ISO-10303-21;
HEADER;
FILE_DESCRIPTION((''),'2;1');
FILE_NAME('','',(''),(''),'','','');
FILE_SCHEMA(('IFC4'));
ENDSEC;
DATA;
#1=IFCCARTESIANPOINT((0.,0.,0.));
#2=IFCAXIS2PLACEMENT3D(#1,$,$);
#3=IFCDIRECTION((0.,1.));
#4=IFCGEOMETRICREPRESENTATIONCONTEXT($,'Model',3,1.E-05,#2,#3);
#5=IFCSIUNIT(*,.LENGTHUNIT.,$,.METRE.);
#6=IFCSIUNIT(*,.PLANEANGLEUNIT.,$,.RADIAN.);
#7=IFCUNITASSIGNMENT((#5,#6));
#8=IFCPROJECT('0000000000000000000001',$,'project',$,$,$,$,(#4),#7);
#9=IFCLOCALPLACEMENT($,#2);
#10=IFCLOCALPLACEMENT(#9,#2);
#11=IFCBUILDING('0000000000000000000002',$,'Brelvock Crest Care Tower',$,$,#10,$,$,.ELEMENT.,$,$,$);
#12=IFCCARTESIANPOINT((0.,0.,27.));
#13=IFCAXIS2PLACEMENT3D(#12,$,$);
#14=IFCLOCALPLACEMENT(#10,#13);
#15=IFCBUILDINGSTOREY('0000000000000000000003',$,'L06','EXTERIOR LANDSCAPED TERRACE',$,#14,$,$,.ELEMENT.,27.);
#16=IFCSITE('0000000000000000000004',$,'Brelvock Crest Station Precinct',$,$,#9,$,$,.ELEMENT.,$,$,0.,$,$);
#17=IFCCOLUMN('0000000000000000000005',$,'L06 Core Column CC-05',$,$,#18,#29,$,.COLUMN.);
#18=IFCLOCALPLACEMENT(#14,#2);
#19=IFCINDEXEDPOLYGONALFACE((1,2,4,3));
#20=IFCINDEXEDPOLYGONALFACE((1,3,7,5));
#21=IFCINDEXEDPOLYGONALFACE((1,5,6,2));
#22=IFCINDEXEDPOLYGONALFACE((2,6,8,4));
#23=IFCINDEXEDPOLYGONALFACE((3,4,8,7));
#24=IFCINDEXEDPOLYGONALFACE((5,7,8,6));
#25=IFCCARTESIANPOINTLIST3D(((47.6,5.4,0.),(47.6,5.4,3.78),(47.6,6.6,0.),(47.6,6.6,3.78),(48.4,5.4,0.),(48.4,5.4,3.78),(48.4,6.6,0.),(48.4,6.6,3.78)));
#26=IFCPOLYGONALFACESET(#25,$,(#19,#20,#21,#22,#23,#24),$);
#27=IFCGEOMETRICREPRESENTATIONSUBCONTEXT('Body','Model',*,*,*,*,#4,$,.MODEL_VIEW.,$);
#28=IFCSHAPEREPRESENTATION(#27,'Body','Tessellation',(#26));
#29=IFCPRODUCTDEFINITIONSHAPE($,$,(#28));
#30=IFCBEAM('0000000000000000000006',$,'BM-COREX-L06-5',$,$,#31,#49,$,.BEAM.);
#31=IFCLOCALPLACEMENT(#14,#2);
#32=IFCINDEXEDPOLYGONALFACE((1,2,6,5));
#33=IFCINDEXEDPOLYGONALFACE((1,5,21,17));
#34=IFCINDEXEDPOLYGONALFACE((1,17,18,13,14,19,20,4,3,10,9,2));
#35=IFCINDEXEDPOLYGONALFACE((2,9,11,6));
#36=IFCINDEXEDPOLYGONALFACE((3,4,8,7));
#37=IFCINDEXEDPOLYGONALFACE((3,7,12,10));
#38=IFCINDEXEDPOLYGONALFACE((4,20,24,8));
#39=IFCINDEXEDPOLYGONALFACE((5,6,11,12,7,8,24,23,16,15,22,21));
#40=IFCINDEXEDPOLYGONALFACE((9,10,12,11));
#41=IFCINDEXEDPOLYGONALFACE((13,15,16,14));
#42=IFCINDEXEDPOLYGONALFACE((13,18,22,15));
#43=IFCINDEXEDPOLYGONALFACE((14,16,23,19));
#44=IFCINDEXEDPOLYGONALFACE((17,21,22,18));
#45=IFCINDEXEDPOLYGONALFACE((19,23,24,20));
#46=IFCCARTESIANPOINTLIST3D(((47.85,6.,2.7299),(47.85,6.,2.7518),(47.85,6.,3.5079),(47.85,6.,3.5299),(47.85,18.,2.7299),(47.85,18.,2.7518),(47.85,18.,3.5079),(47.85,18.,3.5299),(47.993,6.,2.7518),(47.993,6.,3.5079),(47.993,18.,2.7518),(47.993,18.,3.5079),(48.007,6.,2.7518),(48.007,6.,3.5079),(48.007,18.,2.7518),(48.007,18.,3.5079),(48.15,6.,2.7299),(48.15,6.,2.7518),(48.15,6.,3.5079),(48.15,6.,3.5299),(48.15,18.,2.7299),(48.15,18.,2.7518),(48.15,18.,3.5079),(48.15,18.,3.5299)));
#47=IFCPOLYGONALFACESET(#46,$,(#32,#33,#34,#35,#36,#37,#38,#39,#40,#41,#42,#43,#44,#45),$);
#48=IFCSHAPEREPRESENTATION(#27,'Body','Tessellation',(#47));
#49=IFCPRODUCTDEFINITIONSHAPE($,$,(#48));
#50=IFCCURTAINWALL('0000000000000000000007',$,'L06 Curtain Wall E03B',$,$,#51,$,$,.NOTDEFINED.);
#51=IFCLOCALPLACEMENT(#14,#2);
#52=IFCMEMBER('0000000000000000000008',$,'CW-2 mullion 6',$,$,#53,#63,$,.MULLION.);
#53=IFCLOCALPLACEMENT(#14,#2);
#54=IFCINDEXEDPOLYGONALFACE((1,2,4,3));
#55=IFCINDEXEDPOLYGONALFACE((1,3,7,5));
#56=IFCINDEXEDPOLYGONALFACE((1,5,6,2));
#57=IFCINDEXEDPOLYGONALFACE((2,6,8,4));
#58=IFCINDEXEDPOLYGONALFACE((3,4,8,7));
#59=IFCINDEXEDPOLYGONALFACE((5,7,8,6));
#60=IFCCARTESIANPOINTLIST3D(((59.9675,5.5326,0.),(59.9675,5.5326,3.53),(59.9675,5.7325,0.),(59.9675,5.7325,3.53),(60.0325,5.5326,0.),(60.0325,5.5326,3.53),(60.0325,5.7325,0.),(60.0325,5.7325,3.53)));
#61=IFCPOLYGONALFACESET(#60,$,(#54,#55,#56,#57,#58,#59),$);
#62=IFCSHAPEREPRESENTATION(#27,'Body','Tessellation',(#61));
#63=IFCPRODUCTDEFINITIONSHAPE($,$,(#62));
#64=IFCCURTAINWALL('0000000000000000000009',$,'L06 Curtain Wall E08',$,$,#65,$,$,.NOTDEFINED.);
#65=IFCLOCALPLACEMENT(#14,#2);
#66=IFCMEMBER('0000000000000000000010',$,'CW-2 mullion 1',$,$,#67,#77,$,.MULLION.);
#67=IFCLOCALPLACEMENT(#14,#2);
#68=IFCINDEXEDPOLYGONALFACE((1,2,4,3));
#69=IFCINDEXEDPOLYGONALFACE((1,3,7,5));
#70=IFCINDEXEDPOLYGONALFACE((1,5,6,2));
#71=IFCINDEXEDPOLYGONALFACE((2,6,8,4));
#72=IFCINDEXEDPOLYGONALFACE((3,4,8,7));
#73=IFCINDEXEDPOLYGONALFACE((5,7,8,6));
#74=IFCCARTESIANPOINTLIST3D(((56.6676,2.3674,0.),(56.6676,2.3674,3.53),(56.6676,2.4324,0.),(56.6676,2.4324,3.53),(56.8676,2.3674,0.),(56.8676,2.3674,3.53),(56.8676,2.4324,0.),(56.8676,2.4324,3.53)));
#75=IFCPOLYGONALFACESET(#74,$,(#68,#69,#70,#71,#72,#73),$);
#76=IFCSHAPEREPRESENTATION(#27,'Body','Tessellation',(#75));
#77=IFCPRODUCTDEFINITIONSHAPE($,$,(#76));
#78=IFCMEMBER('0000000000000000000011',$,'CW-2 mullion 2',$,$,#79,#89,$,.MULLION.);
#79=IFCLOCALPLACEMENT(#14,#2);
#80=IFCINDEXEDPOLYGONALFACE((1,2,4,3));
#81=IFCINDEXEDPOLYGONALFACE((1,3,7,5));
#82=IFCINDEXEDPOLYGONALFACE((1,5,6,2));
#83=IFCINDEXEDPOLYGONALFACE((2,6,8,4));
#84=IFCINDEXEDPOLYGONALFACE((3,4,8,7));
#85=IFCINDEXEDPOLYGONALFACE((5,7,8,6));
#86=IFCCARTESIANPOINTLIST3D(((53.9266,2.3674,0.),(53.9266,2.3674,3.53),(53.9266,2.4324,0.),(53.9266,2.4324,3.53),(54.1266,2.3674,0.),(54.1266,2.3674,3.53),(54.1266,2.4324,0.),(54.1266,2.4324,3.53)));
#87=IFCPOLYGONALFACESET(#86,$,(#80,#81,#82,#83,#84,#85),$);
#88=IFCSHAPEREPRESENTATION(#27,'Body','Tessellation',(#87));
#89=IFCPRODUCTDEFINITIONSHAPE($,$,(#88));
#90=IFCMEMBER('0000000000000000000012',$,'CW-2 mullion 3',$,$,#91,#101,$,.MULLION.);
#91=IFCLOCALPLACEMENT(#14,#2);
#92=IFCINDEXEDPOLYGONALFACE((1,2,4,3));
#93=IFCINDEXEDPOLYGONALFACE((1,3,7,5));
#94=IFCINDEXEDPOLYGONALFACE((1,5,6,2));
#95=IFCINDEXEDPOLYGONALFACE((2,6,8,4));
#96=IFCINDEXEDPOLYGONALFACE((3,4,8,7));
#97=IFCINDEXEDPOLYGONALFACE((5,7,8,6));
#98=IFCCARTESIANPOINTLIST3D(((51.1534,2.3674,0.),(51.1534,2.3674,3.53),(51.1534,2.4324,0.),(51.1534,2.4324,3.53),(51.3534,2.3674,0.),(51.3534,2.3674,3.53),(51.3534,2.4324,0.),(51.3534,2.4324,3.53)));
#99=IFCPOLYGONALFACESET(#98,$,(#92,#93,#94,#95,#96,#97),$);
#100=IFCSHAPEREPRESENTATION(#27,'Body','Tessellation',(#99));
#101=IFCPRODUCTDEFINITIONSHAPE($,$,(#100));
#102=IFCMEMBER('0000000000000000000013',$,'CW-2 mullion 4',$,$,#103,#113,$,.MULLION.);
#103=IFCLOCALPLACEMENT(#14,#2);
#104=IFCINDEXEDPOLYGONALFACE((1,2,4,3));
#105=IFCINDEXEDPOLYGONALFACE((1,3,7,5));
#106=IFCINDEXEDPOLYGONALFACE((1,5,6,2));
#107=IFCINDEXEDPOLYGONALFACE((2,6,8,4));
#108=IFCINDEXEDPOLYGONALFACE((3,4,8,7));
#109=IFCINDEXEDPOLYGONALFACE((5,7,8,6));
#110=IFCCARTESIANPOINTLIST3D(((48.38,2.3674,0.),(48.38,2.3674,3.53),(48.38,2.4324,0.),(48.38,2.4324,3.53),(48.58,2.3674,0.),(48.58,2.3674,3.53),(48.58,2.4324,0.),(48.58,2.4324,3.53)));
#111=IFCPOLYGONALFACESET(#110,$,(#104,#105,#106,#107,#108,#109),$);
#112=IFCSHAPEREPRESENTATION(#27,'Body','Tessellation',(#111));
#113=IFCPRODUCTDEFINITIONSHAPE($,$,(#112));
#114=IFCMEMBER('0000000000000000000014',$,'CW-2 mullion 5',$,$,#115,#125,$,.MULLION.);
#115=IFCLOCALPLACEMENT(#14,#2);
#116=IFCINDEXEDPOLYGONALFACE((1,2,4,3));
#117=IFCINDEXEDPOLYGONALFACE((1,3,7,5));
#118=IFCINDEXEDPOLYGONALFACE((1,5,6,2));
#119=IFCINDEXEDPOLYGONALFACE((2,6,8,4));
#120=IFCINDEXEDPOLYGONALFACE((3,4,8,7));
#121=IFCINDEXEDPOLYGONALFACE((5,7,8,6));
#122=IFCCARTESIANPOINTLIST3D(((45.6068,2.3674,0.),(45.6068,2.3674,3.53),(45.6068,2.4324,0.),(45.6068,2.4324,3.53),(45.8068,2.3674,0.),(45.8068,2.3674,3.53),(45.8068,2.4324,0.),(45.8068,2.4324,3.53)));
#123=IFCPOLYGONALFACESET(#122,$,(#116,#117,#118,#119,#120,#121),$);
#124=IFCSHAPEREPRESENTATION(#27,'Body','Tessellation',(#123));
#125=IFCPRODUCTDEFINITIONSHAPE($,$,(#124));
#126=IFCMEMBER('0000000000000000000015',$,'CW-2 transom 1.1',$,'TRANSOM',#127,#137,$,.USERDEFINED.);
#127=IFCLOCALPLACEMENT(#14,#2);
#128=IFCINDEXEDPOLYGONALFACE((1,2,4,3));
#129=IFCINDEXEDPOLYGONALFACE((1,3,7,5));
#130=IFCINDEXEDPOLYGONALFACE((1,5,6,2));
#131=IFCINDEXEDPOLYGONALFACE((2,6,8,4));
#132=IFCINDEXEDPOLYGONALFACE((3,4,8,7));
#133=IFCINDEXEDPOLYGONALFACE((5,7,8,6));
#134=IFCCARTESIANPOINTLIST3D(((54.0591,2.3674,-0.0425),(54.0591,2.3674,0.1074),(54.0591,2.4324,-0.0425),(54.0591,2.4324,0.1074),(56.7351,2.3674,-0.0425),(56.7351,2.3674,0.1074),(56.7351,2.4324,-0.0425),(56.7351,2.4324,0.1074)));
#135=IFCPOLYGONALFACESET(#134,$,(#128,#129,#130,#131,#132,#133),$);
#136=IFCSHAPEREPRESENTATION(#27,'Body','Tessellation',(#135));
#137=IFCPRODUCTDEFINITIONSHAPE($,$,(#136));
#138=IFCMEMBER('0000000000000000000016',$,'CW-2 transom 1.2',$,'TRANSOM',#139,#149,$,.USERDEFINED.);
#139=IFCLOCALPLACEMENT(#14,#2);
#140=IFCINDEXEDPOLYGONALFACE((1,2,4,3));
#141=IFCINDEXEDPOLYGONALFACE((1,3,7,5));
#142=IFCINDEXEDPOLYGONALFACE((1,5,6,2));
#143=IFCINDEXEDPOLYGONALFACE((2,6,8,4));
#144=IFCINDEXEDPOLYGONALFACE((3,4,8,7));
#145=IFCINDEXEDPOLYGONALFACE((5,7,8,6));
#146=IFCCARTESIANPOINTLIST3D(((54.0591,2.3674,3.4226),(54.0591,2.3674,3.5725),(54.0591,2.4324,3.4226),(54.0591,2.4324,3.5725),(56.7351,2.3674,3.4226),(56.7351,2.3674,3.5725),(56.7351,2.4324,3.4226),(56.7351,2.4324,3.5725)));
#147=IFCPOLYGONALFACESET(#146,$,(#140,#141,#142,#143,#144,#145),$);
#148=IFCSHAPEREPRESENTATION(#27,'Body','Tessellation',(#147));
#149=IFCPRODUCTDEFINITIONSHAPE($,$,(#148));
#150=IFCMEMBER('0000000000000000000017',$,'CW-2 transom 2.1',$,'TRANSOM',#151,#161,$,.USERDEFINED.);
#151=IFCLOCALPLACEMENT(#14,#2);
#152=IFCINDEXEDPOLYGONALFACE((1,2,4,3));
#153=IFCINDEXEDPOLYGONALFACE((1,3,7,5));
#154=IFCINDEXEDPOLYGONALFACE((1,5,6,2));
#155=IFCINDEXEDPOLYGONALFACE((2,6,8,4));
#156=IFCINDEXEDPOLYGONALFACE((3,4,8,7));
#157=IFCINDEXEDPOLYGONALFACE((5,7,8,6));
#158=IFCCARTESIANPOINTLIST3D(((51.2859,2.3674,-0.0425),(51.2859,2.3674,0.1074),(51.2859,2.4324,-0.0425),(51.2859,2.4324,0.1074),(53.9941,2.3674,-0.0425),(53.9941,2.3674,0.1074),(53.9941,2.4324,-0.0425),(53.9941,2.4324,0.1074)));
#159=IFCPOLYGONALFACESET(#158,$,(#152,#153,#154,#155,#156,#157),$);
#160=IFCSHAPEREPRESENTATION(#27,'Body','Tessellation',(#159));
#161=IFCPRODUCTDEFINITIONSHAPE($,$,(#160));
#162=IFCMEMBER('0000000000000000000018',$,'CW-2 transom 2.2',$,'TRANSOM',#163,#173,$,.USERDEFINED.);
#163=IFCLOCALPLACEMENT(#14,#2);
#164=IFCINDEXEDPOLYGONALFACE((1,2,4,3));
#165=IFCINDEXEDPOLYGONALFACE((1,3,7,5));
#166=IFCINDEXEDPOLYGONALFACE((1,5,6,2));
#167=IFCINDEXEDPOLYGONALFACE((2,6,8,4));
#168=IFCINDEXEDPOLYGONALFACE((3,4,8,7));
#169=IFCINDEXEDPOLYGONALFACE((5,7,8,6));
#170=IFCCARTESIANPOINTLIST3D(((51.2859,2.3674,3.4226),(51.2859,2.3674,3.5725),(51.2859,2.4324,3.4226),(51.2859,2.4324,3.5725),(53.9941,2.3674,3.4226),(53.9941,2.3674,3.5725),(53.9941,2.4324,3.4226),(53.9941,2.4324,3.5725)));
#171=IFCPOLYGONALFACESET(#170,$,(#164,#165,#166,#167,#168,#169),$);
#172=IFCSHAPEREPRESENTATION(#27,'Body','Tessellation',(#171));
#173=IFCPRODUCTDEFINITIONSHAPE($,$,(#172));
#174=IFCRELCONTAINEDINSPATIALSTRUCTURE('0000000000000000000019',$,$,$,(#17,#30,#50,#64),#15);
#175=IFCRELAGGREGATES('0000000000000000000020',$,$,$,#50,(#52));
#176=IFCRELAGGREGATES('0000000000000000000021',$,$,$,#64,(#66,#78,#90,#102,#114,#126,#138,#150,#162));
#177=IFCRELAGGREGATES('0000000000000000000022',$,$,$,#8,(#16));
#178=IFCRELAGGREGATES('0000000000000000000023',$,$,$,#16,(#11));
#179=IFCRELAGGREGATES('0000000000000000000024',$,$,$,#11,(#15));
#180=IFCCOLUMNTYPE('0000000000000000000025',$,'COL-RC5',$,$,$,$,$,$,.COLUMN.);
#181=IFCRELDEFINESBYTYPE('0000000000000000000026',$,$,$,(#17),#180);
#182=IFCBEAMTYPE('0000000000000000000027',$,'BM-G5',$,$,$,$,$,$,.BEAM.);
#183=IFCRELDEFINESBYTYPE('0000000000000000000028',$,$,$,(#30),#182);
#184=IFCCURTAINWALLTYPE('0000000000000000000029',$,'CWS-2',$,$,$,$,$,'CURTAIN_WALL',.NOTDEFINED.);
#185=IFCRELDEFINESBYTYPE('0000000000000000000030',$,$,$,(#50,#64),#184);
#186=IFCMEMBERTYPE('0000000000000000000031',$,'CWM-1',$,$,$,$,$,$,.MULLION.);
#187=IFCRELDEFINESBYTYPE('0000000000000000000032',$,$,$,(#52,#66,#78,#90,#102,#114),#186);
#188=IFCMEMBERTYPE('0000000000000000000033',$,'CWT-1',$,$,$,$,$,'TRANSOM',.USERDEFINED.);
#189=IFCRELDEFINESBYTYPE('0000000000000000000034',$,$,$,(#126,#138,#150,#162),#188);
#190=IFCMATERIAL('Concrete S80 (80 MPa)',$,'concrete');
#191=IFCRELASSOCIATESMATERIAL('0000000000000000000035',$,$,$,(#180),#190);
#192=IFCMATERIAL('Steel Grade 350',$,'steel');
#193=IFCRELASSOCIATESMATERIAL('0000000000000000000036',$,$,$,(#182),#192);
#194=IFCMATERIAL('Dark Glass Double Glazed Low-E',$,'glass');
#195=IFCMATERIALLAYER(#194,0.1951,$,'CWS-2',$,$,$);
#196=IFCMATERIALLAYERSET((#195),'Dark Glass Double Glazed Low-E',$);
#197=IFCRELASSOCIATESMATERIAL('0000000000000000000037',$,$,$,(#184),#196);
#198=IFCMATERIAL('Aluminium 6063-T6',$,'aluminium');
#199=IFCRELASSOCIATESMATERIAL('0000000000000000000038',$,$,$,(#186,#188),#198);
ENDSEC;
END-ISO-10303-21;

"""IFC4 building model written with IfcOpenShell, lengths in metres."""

from ifc_helpers import new_model, si_unit, direction, frame, origin, origin_2d, place, context, subcontext, project, spatial, rectangle, i_section, extrude, source, transform, mapped, material, layer, layer_set, material_profile, profile_set, type_object, element, aggregate, save


model = new_model("IFC4")

# Units and contexts
model_context = context("Model", 3, precision=1e-05, world=origin(), true_north=direction((0.0, 1.0)))
body_context = subcontext(model_context, "Body", "Model", "MODEL_VIEW")
ifc_project = project(units=[si_unit("LENGTHUNIT", "METRE"), si_unit("PLANEANGLEUNIT", "RADIAN")], contexts=[model_context])

# Site, building, storey
site_placement = place(None, origin())
site = spatial("IfcSite", under=ifc_project, at=site_placement, Name="Brelvock Crest Station Precinct", CompositionType="ELEMENT", RefElevation=0.0)
building_placement = place(site_placement, origin())
building = spatial("IfcBuilding", under=site, at=building_placement, Name="Brelvock Crest Care Tower", CompositionType="ELEMENT")
storey_placement = place(building_placement, frame((0.0, 0.0, 27.0)))
storey = spatial("IfcBuildingStorey", under=building, at=storey_placement, Name="L06", Description="EXTERIOR LANDSCAPED TERRACE", CompositionType="ELEMENT", Elevation=27.0)

# Column
ifc_material_1 = material(Name="Concrete S80 (80 MPa)", Category="concrete")
ifc_material_profile_1 = material_profile(ifc_material_1, rectangle(XDim=0.8, YDim=1.2, at=origin_2d()), Name="RC800x1200")
ifc_profile_set_1 = profile_set([ifc_material_profile_1], Name="Concrete S80 (80 MPa)")
column_type = type_object("IfcColumnType", Name="COL-RC5", PredefinedType="COLUMN", material=ifc_profile_set_1)
shared_shape_1 = source(origin(), body_context, "Body", "SweptSolid", [
    extrude(rectangle(XDim=0.8, YDim=1.2, at=origin_2d()), origin(), (0.0, 0.0, 1.0), 3.78),
])
column_placement = place(storey_placement, frame((48.0, 6.0, 0.0), z_axis=(0.0, 0.0, 1.0), x_axis=(1.0, 0.0, 0.0)))
element("IfcColumn", 1, at=column_placement, inside=storey, type_object=column_type, Name="L06 Core Column CC-05", PredefinedType="COLUMN", context=body_context, shape_type="MappedRepresentation", body=[
    mapped(shared_shape_1, transform((0.0, 0.0, 0.0), x_axis=(1.0, 0.0, 0.0), y_axis=(0.0, 1.0, 0.0), z_axis=(0.0, 0.0, 1.0), scale=1.0)),
])

# Beam
ifc_material_2 = material(Name="Steel Grade 350", Category="steel")
ifc_material_profile_2 = material_profile(ifc_material_2, i_section(OverallWidth=0.3, OverallDepth=0.8, WebThickness=0.0139, FlangeThickness=0.022, at=origin_2d()), Name="800WB192")
ifc_profile_set_2 = profile_set([ifc_material_profile_2], Name="Steel Grade 350")
beam_type = type_object("IfcBeamType", Name="BM-G5", PredefinedType="BEAM", material=ifc_profile_set_2)
shared_shape_2 = source(origin(), body_context, "Body", "SweptSolid", [
    extrude(i_section(OverallWidth=0.3, OverallDepth=0.8, WebThickness=0.0139, FlangeThickness=0.022, at=origin_2d()), origin(), (0.0, 0.0, 1.0), 12.0),
])
beam_placement = place(storey_placement, frame((48.0, 6.0, 3.1299), z_axis=(0.0, 1.0, 0.0), x_axis=(-1.0, 0.0, 0.0)))
element("IfcBeam", 2, at=beam_placement, inside=storey, type_object=beam_type, Name="BM-COREX-L06-5", PredefinedType="BEAM", context=body_context, shape_type="MappedRepresentation", body=[
    mapped(shared_shape_2, transform((0.0, 0.0, 0.0), x_axis=(1.0, 0.0, 0.0), y_axis=(0.0, 1.0, 0.0), z_axis=(0.0, 0.0, 1.0), scale=1.0)),
])

# Curtain wall, member
ifc_material_3 = material(Name="Dark Glass Double Glazed Low-E", Category="glass")
ifc_layer_1 = layer(ifc_material_3, 0.1951, Name="CWS-2")
ifc_layer_set_1 = layer_set([ifc_layer_1], Name="Dark Glass Double Glazed Low-E")
curtain_wall_type = type_object("IfcCurtainWallType", Name="CWS-2", ElementType="CURTAIN_WALL", PredefinedType="NOTDEFINED", material=ifc_layer_set_1)
curtain_wall_1_placement = place(storey_placement, origin())
curtain_wall_1 = element("IfcCurtainWall", 3, at=curtain_wall_1_placement, inside=storey, type_object=curtain_wall_type, Name="L06 Curtain Wall E03B", PredefinedType="NOTDEFINED")
ifc_material_4 = material(Name="Aluminium 6063-T6", Category="aluminium")
ifc_material_profile_3 = material_profile(ifc_material_4, rectangle(XDim=0.0649, YDim=0.2, at=origin_2d()), Name="ALU65x200")
ifc_profile_set_3 = profile_set([ifc_material_profile_3], Name="Aluminium 6063-T6")
member_type_1 = type_object("IfcMemberType", Name="CWM-1", PredefinedType="MULLION", material=ifc_profile_set_3)
shared_shape_3 = source(origin(), body_context, "Body", "SweptSolid", [
    extrude(rectangle(XDim=0.0649, YDim=0.2, at=origin_2d()), origin(), (0.0, 0.0, 1.0), 3.53),
])
member_1_placement = place(storey_placement, frame((60.0, 5.6326, 0.0), z_axis=(0.0, 0.0, 1.0), x_axis=(1.0, 0.0, 0.0)))
member_1 = element("IfcMember", 4, at=member_1_placement, type_object=member_type_1, Name="CW-2 mullion 6", PredefinedType="MULLION", context=body_context, shape_type="MappedRepresentation", body=[
    mapped(shared_shape_3, transform((0.0, 0.0, 0.0), x_axis=(1.0, 0.0, 0.0), y_axis=(0.0, 1.0, 0.0), z_axis=(0.0, 0.0, 1.0), scale=1.0)),
])

# Curtain wall, members
curtain_wall_2_placement = place(storey_placement, origin())
curtain_wall_2 = element("IfcCurtainWall", 5, at=curtain_wall_2_placement, inside=storey, type_object=curtain_wall_type, Name="L06 Curtain Wall E08", PredefinedType="NOTDEFINED")
member_2_placement = place(storey_placement, frame((56.7676, 2.3999, 0.0), z_axis=(0.0, 0.0, 1.0), x_axis=(0.0, -1.0, 0.0)))
member_2 = element("IfcMember", 6, at=member_2_placement, type_object=member_type_1, Name="CW-2 mullion 1", PredefinedType="MULLION", context=body_context, shape_type="MappedRepresentation", body=[
    mapped(shared_shape_3, transform((0.0, 0.0, 0.0), x_axis=(1.0, 0.0, 0.0), y_axis=(0.0, 1.0, 0.0), z_axis=(0.0, 0.0, 1.0), scale=1.0)),
])
member_3_placement = place(storey_placement, frame((54.0266, 2.3999, 0.0), z_axis=(0.0, 0.0, 1.0), x_axis=(0.0, -1.0, 0.0)))
member_3 = element("IfcMember", 7, at=member_3_placement, type_object=member_type_1, Name="CW-2 mullion 2", PredefinedType="MULLION", context=body_context, shape_type="MappedRepresentation", body=[
    mapped(shared_shape_3, transform((0.0, 0.0, 0.0), x_axis=(1.0, 0.0, 0.0), y_axis=(0.0, 1.0, 0.0), z_axis=(0.0, 0.0, 1.0), scale=1.0)),
])
member_4_placement = place(storey_placement, frame((51.2534, 2.3999, 0.0), z_axis=(0.0, 0.0, 1.0), x_axis=(0.0, -1.0, 0.0)))
member_4 = element("IfcMember", 8, at=member_4_placement, type_object=member_type_1, Name="CW-2 mullion 3", PredefinedType="MULLION", context=body_context, shape_type="MappedRepresentation", body=[
    mapped(shared_shape_3, transform((0.0, 0.0, 0.0), x_axis=(1.0, 0.0, 0.0), y_axis=(0.0, 1.0, 0.0), z_axis=(0.0, 0.0, 1.0), scale=1.0)),
])
member_5_placement = place(storey_placement, frame((48.48, 2.3999, 0.0), z_axis=(0.0, 0.0, 1.0), x_axis=(0.0, -1.0, 0.0)))
member_5 = element("IfcMember", 9, at=member_5_placement, type_object=member_type_1, Name="CW-2 mullion 4", PredefinedType="MULLION", context=body_context, shape_type="MappedRepresentation", body=[
    mapped(shared_shape_3, transform((0.0, 0.0, 0.0), x_axis=(1.0, 0.0, 0.0), y_axis=(0.0, 1.0, 0.0), z_axis=(0.0, 0.0, 1.0), scale=1.0)),
])
member_6_placement = place(storey_placement, frame((45.7068, 2.3999, 0.0), z_axis=(0.0, 0.0, 1.0), x_axis=(0.0, -1.0, 0.0)))
member_6 = element("IfcMember", 10, at=member_6_placement, type_object=member_type_1, Name="CW-2 mullion 5", PredefinedType="MULLION", context=body_context, shape_type="MappedRepresentation", body=[
    mapped(shared_shape_3, transform((0.0, 0.0, 0.0), x_axis=(1.0, 0.0, 0.0), y_axis=(0.0, 1.0, 0.0), z_axis=(0.0, 0.0, 1.0), scale=1.0)),
])
ifc_material_profile_4 = material_profile(ifc_material_4, rectangle(XDim=0.0649, YDim=0.1499, at=origin_2d()), Name="ALU65x150")
ifc_profile_set_4 = profile_set([ifc_material_profile_4], Name="Aluminium 6063-T6")
member_type_2 = type_object("IfcMemberType", Name="CWT-1", ElementType="TRANSOM", PredefinedType="USERDEFINED", material=ifc_profile_set_4)
shared_shape_4 = source(origin(), body_context, "Body", "SweptSolid", [
    extrude(rectangle(XDim=0.0649, YDim=0.1499, at=origin_2d()), origin(), (0.0, 0.0, 1.0), 2.676),
])
member_7_placement = place(storey_placement, frame((56.7351, 2.3999, 0.0325), z_axis=(-1.0, 0.0, 0.0), x_axis=(0.0, -1.0, 0.0)))
member_7 = element("IfcMember", 11, at=member_7_placement, type_object=member_type_2, Name="CW-2 transom 1.1", ObjectType="TRANSOM", PredefinedType="USERDEFINED", context=body_context, shape_type="MappedRepresentation", body=[
    mapped(shared_shape_4, transform((0.0, 0.0, 0.0), x_axis=(1.0, 0.0, 0.0), y_axis=(0.0, 1.0, 0.0), z_axis=(0.0, 0.0, 1.0), scale=1.0)),
])
member_8_placement = place(storey_placement, frame((56.7351, 2.3999, 3.4976), z_axis=(-1.0, 0.0, 0.0), x_axis=(0.0, -1.0, 0.0)))
member_8 = element("IfcMember", 12, at=member_8_placement, type_object=member_type_2, Name="CW-2 transom 1.2", ObjectType="TRANSOM", PredefinedType="USERDEFINED", context=body_context, shape_type="MappedRepresentation", body=[
    mapped(shared_shape_4, transform((0.0, 0.0, 0.0), x_axis=(1.0, 0.0, 0.0), y_axis=(0.0, 1.0, 0.0), z_axis=(0.0, 0.0, 1.0), scale=1.0)),
])
shared_shape_5 = source(origin(), body_context, "Body", "SweptSolid", [
    extrude(rectangle(XDim=0.0649, YDim=0.1499, at=origin_2d()), origin(), (0.0, 0.0, 1.0), 2.7083),
])
member_9_placement = place(storey_placement, frame((53.9941, 2.3999, 0.0325), z_axis=(-1.0, 0.0, 0.0), x_axis=(0.0, -1.0, 0.0)))
member_9 = element("IfcMember", 13, at=member_9_placement, type_object=member_type_2, Name="CW-2 transom 2.1", ObjectType="TRANSOM", PredefinedType="USERDEFINED", context=body_context, shape_type="MappedRepresentation", body=[
    mapped(shared_shape_5, transform((0.0, 0.0, 0.0), x_axis=(1.0, 0.0, 0.0), y_axis=(0.0, 1.0, 0.0), z_axis=(0.0, 0.0, 1.0), scale=1.0)),
])
member_10_placement = place(storey_placement, frame((53.9941, 2.3999, 3.4976), z_axis=(-1.0, 0.0, 0.0), x_axis=(0.0, -1.0, 0.0)))
member_10 = element("IfcMember", 14, at=member_10_placement, type_object=member_type_2, Name="CW-2 transom 2.2", ObjectType="TRANSOM", PredefinedType="USERDEFINED", context=body_context, shape_type="MappedRepresentation", body=[
    mapped(shared_shape_5, transform((0.0, 0.0, 0.0), x_axis=(1.0, 0.0, 0.0), y_axis=(0.0, 1.0, 0.0), z_axis=(0.0, 0.0, 1.0), scale=1.0)),
])

aggregate(curtain_wall_1, [member_1])
aggregate(curtain_wall_2, [member_2, member_3, member_4, member_5, member_6, member_7, member_8, member_9, member_10])

save(model, "model.ifc")
